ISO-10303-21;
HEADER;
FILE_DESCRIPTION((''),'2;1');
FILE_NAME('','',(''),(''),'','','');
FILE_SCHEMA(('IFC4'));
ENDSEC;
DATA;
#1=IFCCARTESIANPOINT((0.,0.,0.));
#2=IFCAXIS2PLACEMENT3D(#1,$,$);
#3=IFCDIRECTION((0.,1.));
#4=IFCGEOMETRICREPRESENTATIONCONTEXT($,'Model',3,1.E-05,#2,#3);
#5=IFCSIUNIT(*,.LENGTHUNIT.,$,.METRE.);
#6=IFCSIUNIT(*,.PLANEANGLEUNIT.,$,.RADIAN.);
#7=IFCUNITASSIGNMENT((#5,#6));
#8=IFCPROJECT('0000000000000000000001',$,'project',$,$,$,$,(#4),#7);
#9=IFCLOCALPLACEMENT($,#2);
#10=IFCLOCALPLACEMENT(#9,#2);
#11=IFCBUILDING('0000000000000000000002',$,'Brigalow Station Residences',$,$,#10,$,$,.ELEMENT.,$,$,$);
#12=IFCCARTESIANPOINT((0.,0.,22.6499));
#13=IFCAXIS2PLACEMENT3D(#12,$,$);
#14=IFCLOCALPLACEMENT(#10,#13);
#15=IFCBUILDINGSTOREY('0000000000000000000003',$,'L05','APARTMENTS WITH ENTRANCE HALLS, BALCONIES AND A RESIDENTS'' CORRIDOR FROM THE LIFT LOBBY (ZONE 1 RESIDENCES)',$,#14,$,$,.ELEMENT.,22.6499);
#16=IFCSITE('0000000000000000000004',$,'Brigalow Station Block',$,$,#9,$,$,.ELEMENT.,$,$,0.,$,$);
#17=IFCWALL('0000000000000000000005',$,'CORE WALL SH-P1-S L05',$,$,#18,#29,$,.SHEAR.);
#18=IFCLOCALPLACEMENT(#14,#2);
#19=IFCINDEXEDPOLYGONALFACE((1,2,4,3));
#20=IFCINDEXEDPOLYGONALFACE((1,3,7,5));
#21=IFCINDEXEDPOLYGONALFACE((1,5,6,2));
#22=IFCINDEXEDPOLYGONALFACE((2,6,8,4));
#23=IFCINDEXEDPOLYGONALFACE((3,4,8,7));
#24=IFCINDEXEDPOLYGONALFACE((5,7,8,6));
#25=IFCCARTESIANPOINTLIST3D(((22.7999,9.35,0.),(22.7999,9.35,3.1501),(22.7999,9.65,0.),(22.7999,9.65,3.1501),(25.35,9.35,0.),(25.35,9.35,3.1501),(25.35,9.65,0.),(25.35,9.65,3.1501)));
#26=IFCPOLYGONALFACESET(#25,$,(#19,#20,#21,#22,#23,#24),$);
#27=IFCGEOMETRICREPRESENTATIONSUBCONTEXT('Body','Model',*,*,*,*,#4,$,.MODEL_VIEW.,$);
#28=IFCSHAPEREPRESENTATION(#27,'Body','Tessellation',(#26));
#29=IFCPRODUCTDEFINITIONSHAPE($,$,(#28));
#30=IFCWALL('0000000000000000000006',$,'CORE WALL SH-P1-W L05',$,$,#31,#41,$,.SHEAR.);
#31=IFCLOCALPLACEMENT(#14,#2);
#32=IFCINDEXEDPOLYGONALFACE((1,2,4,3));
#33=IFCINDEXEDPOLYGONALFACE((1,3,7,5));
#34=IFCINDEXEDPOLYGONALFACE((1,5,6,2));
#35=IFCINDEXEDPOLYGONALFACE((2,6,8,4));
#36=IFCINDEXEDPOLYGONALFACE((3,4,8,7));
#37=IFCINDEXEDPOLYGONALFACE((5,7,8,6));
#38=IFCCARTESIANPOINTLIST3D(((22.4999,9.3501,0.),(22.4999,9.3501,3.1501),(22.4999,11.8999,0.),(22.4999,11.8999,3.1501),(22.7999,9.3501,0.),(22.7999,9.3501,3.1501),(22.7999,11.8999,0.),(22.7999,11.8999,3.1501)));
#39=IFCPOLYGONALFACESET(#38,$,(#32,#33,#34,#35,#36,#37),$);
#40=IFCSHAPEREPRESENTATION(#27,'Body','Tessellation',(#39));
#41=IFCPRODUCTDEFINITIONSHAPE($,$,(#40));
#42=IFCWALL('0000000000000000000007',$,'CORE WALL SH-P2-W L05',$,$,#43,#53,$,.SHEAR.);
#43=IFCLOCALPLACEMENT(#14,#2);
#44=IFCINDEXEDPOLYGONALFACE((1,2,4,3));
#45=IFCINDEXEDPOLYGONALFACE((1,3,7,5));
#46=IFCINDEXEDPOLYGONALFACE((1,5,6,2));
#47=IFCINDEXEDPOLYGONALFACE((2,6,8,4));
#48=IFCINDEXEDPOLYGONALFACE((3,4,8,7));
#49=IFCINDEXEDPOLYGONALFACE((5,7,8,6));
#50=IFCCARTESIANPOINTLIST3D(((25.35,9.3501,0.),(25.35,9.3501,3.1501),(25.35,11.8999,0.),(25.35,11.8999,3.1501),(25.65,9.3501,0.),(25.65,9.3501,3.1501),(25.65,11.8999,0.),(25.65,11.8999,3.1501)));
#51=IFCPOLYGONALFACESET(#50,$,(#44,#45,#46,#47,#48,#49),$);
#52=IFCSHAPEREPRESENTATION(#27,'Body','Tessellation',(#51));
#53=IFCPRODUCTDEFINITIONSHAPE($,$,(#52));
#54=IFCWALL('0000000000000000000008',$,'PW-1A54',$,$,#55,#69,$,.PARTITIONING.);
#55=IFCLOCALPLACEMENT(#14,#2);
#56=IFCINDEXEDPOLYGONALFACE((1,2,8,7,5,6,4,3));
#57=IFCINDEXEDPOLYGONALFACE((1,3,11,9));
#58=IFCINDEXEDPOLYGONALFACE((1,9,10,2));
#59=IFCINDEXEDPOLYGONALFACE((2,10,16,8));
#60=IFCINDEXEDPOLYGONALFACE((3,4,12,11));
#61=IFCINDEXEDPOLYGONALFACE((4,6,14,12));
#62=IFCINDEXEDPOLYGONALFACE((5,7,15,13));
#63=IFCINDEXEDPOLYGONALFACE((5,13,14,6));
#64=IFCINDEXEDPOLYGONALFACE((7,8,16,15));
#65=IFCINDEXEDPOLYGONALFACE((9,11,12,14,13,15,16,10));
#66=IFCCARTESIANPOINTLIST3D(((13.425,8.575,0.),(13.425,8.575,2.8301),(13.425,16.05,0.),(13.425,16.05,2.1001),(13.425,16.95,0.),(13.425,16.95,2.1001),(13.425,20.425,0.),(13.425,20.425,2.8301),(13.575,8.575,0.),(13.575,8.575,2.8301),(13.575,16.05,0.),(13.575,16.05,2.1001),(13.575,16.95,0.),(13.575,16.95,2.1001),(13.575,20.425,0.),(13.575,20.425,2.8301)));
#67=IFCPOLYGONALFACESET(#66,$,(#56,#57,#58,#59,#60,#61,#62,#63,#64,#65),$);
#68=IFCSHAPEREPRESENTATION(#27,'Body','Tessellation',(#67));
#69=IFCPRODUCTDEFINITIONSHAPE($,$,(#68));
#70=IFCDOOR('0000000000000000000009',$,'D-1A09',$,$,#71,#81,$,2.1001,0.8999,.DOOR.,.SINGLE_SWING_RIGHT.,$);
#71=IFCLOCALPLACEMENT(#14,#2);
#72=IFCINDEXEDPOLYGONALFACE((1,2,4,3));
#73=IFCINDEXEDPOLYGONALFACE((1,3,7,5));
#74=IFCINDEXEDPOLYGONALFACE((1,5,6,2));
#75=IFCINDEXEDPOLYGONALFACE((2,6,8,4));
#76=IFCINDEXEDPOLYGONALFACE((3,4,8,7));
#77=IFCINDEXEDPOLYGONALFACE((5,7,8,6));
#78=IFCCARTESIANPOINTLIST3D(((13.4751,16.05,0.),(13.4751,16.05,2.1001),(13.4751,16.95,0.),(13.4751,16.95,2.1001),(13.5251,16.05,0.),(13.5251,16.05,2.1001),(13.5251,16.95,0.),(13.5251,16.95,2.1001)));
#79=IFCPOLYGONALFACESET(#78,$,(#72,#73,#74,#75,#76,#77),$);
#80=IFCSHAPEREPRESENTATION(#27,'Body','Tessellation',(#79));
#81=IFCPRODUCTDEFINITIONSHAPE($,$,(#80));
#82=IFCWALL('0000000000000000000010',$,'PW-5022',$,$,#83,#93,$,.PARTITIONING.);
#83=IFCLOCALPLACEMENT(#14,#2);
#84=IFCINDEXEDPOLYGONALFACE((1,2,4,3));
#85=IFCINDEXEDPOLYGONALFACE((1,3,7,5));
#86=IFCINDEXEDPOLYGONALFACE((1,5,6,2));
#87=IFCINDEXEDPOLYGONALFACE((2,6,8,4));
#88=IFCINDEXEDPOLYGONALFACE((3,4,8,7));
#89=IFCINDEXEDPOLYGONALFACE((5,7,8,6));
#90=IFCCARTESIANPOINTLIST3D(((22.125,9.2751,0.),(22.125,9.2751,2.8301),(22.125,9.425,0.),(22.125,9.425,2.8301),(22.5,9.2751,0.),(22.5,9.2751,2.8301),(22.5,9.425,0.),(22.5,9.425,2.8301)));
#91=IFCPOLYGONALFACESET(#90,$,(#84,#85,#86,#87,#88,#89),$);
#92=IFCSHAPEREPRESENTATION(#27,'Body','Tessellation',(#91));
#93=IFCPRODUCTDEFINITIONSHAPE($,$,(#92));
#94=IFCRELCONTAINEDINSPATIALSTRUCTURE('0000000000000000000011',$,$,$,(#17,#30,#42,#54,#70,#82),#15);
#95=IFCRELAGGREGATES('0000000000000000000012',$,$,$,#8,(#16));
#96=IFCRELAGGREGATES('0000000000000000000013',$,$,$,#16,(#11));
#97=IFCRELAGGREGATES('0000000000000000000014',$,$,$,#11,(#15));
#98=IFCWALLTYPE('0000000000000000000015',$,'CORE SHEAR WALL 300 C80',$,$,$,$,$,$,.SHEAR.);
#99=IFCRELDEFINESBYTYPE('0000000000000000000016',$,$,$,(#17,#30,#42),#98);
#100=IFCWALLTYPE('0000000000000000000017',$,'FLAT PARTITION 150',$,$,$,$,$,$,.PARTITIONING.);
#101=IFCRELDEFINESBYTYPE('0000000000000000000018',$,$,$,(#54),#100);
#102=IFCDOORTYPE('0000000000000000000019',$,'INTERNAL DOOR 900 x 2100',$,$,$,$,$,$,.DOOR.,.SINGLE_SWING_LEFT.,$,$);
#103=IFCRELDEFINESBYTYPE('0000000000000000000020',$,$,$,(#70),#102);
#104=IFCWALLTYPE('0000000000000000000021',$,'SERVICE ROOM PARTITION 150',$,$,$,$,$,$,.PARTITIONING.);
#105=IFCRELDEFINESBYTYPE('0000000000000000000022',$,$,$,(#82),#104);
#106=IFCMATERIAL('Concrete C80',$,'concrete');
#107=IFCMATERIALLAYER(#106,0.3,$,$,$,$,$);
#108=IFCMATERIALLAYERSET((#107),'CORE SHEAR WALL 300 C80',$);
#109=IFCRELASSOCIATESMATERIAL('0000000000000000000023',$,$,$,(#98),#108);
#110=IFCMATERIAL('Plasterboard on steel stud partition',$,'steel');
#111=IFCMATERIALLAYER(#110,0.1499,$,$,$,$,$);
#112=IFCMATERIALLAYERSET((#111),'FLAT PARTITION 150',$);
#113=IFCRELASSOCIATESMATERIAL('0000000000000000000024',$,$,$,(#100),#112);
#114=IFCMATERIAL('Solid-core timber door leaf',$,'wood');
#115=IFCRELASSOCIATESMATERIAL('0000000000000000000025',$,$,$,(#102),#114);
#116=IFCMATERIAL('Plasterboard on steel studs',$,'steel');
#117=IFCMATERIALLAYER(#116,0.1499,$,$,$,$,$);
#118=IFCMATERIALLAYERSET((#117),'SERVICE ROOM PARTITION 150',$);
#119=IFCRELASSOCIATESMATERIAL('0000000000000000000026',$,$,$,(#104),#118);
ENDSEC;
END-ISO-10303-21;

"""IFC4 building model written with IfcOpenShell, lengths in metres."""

from ifc_helpers import new_model, si_unit, direction, frame, frame_2d, origin, place, context, subcontext, project, spatial, rectangle, extrude, material, layer, layer_set, type_object, element, fill, save


model = new_model("IFC4")

# Units and contexts
model_context = context("Model", 3, precision=1e-05, world=origin(), true_north=direction((0.0, 1.0)))
body_context = subcontext(model_context, "Body", "Model", "MODEL_VIEW")
ifc_project = project(units=[si_unit("LENGTHUNIT", "METRE"), si_unit("PLANEANGLEUNIT", "RADIAN")], contexts=[model_context])

# Site, building, storey
site_placement = place(None, origin())
site = spatial("IfcSite", under=ifc_project, at=site_placement, Name="Brigalow Station Block", CompositionType="ELEMENT", RefElevation=0.0)
building_placement = place(site_placement, origin())
building = spatial("IfcBuilding", under=site, at=building_placement, Name="Brigalow Station Residences", CompositionType="ELEMENT")
storey_placement = place(building_placement, frame((0.0, 0.0, 22.6499)))
storey = spatial("IfcBuildingStorey", under=building, at=storey_placement, Name="L05", Description="APARTMENTS WITH ENTRANCE HALLS, BALCONIES AND A RESIDENTS' CORRIDOR FROM THE LIFT LOBBY (ZONE 1 RESIDENCES)", CompositionType="ELEMENT", Elevation=22.6499)

# Walls
ifc_material_1 = material(Name="Concrete C80", Category="concrete")
ifc_layer_1 = layer(ifc_material_1, 0.3)
ifc_layer_set_1 = layer_set([ifc_layer_1], Name="CORE SHEAR WALL 300 C80")
wall_type_1 = type_object("IfcWallType", Name="CORE SHEAR WALL 300 C80", PredefinedType="SHEAR", material=ifc_layer_set_1)
wall_1_placement = place(storey_placement, frame((22.8, 9.5, 0.0), z_axis=(0.0, 0.0, 1.0), x_axis=(1.0, 0.0, 0.0)))
element("IfcWall", 1, at=wall_1_placement, inside=storey, type_object=wall_type_1, Name="CORE WALL SH-P1-S L05", PredefinedType="SHEAR", context=body_context, shape_type="SweptSolid", body=[
    extrude(rectangle(XDim=2.55, YDim=0.3, at=frame_2d((1.2749, 0.0))), origin(), (0.0, 0.0, 1.0), 3.1501),
])
for number, where, z_axis, x_axis, name in (
    (2, (22.6499, 9.3501, 0.0), (0.0, 0.0, 1.0), (0.0, 1.0, 0.0), "CORE WALL SH-P1-W L05"),
    (3, (25.5, 9.3501, 0.0), (0.0, 0.0, 1.0), (0.0, 1.0, 0.0), "CORE WALL SH-P2-W L05"),
):
    element("IfcWall", number, at=place(storey_placement, frame(where, z_axis=z_axis, x_axis=x_axis)), inside=storey, type_object=wall_type_1, Name=name, PredefinedType="SHEAR", context=body_context, shape_type="SweptSolid", body=[
        extrude(rectangle(XDim=2.5498, YDim=0.3, at=frame_2d((1.2749, 0.0))), origin(), (0.0, 0.0, 1.0), 3.1501),
    ])

# Wall, opening, door
ifc_material_2 = material(Name="Plasterboard on steel stud partition", Category="steel")
ifc_layer_2 = layer(ifc_material_2, 0.1499)
ifc_layer_set_2 = layer_set([ifc_layer_2], Name="FLAT PARTITION 150")
wall_type_2 = type_object("IfcWallType", Name="FLAT PARTITION 150", PredefinedType="PARTITIONING", material=ifc_layer_set_2)
wall_2_placement = place(storey_placement, frame((13.5, 8.575, 0.0), z_axis=(0.0, 0.0, 1.0), x_axis=(0.0, 1.0, 0.0)))
wall_2 = element("IfcWall", 4, at=wall_2_placement, inside=storey, type_object=wall_type_2, Name="PW-1A54", PredefinedType="PARTITIONING", context=body_context, shape_type="SweptSolid", body=[
    extrude(rectangle(XDim=11.8501, YDim=0.1499, at=frame_2d((5.925, 0.0))), origin(), (0.0, 0.0, 1.0), 2.8301),
])
opening_1_placement = place(wall_2_placement, frame((7.4751, 0.0, 0.0)))
opening_1 = element("IfcOpeningElement", 5, at=opening_1_placement, cuts=wall_2, PredefinedType="OPENING", context=body_context, shape_type="SweptSolid", body=[
    extrude(rectangle(XDim=0.8999, YDim=2.1001, at=frame_2d((0.45, 1.05))), frame((0.0, 0.085, 0.0), z_axis=(0.0, -1.0, 0.0), x_axis=(1.0, 0.0, 0.0)), (0.0, 0.0, 1.0), 0.1699),
])
ifc_material_3 = material(Name="Solid-core timber door leaf", Category="wood")
door_type_1 = type_object("IfcDoorType", Name="INTERNAL DOOR 900 x 2100", OperationType="SINGLE_SWING_LEFT", PredefinedType="DOOR", material=ifc_material_3)
door_1_placement = place(opening_1_placement, origin())
door_1 = element("IfcDoor", 6, at=door_1_placement, inside=storey, type_object=door_type_1, Name="D-1A09", OperationType="SINGLE_SWING_RIGHT", OverallHeight=2.1001, OverallWidth=0.8999, PredefinedType="DOOR", context=body_context, shape_type="SweptSolid", body=[
    extrude(rectangle(XDim=0.8999, YDim=2.1001, at=frame_2d((0.45, 1.05))), frame((0.0, 0.0249, 0.0), z_axis=(0.0, -1.0, 0.0), x_axis=(1.0, 0.0, 0.0)), (0.0, 0.0, 1.0), 0.05),
])
fill(opening_1, door_1)

# Wall
ifc_material_4 = material(Name="Plasterboard on steel studs", Category="steel")
ifc_layer_3 = layer(ifc_material_4, 0.1499)
ifc_layer_set_3 = layer_set([ifc_layer_3], Name="SERVICE ROOM PARTITION 150")
wall_type_3 = type_object("IfcWallType", Name="SERVICE ROOM PARTITION 150", PredefinedType="PARTITIONING", material=ifc_layer_set_3)
wall_3_placement = place(storey_placement, frame((22.125, 9.3501, 0.0), z_axis=(0.0, 0.0, 1.0), x_axis=(1.0, 0.0, 0.0)))
element("IfcWall", 7, at=wall_3_placement, inside=storey, type_object=wall_type_3, Name="PW-5022", PredefinedType="PARTITIONING", context=body_context, shape_type="SweptSolid", body=[
    extrude(rectangle(XDim=0.375, YDim=0.1499, at=frame_2d((0.1875, 0.0))), origin(), (0.0, 0.0, 1.0), 2.8301),
])

save(model, "model.ifc")
